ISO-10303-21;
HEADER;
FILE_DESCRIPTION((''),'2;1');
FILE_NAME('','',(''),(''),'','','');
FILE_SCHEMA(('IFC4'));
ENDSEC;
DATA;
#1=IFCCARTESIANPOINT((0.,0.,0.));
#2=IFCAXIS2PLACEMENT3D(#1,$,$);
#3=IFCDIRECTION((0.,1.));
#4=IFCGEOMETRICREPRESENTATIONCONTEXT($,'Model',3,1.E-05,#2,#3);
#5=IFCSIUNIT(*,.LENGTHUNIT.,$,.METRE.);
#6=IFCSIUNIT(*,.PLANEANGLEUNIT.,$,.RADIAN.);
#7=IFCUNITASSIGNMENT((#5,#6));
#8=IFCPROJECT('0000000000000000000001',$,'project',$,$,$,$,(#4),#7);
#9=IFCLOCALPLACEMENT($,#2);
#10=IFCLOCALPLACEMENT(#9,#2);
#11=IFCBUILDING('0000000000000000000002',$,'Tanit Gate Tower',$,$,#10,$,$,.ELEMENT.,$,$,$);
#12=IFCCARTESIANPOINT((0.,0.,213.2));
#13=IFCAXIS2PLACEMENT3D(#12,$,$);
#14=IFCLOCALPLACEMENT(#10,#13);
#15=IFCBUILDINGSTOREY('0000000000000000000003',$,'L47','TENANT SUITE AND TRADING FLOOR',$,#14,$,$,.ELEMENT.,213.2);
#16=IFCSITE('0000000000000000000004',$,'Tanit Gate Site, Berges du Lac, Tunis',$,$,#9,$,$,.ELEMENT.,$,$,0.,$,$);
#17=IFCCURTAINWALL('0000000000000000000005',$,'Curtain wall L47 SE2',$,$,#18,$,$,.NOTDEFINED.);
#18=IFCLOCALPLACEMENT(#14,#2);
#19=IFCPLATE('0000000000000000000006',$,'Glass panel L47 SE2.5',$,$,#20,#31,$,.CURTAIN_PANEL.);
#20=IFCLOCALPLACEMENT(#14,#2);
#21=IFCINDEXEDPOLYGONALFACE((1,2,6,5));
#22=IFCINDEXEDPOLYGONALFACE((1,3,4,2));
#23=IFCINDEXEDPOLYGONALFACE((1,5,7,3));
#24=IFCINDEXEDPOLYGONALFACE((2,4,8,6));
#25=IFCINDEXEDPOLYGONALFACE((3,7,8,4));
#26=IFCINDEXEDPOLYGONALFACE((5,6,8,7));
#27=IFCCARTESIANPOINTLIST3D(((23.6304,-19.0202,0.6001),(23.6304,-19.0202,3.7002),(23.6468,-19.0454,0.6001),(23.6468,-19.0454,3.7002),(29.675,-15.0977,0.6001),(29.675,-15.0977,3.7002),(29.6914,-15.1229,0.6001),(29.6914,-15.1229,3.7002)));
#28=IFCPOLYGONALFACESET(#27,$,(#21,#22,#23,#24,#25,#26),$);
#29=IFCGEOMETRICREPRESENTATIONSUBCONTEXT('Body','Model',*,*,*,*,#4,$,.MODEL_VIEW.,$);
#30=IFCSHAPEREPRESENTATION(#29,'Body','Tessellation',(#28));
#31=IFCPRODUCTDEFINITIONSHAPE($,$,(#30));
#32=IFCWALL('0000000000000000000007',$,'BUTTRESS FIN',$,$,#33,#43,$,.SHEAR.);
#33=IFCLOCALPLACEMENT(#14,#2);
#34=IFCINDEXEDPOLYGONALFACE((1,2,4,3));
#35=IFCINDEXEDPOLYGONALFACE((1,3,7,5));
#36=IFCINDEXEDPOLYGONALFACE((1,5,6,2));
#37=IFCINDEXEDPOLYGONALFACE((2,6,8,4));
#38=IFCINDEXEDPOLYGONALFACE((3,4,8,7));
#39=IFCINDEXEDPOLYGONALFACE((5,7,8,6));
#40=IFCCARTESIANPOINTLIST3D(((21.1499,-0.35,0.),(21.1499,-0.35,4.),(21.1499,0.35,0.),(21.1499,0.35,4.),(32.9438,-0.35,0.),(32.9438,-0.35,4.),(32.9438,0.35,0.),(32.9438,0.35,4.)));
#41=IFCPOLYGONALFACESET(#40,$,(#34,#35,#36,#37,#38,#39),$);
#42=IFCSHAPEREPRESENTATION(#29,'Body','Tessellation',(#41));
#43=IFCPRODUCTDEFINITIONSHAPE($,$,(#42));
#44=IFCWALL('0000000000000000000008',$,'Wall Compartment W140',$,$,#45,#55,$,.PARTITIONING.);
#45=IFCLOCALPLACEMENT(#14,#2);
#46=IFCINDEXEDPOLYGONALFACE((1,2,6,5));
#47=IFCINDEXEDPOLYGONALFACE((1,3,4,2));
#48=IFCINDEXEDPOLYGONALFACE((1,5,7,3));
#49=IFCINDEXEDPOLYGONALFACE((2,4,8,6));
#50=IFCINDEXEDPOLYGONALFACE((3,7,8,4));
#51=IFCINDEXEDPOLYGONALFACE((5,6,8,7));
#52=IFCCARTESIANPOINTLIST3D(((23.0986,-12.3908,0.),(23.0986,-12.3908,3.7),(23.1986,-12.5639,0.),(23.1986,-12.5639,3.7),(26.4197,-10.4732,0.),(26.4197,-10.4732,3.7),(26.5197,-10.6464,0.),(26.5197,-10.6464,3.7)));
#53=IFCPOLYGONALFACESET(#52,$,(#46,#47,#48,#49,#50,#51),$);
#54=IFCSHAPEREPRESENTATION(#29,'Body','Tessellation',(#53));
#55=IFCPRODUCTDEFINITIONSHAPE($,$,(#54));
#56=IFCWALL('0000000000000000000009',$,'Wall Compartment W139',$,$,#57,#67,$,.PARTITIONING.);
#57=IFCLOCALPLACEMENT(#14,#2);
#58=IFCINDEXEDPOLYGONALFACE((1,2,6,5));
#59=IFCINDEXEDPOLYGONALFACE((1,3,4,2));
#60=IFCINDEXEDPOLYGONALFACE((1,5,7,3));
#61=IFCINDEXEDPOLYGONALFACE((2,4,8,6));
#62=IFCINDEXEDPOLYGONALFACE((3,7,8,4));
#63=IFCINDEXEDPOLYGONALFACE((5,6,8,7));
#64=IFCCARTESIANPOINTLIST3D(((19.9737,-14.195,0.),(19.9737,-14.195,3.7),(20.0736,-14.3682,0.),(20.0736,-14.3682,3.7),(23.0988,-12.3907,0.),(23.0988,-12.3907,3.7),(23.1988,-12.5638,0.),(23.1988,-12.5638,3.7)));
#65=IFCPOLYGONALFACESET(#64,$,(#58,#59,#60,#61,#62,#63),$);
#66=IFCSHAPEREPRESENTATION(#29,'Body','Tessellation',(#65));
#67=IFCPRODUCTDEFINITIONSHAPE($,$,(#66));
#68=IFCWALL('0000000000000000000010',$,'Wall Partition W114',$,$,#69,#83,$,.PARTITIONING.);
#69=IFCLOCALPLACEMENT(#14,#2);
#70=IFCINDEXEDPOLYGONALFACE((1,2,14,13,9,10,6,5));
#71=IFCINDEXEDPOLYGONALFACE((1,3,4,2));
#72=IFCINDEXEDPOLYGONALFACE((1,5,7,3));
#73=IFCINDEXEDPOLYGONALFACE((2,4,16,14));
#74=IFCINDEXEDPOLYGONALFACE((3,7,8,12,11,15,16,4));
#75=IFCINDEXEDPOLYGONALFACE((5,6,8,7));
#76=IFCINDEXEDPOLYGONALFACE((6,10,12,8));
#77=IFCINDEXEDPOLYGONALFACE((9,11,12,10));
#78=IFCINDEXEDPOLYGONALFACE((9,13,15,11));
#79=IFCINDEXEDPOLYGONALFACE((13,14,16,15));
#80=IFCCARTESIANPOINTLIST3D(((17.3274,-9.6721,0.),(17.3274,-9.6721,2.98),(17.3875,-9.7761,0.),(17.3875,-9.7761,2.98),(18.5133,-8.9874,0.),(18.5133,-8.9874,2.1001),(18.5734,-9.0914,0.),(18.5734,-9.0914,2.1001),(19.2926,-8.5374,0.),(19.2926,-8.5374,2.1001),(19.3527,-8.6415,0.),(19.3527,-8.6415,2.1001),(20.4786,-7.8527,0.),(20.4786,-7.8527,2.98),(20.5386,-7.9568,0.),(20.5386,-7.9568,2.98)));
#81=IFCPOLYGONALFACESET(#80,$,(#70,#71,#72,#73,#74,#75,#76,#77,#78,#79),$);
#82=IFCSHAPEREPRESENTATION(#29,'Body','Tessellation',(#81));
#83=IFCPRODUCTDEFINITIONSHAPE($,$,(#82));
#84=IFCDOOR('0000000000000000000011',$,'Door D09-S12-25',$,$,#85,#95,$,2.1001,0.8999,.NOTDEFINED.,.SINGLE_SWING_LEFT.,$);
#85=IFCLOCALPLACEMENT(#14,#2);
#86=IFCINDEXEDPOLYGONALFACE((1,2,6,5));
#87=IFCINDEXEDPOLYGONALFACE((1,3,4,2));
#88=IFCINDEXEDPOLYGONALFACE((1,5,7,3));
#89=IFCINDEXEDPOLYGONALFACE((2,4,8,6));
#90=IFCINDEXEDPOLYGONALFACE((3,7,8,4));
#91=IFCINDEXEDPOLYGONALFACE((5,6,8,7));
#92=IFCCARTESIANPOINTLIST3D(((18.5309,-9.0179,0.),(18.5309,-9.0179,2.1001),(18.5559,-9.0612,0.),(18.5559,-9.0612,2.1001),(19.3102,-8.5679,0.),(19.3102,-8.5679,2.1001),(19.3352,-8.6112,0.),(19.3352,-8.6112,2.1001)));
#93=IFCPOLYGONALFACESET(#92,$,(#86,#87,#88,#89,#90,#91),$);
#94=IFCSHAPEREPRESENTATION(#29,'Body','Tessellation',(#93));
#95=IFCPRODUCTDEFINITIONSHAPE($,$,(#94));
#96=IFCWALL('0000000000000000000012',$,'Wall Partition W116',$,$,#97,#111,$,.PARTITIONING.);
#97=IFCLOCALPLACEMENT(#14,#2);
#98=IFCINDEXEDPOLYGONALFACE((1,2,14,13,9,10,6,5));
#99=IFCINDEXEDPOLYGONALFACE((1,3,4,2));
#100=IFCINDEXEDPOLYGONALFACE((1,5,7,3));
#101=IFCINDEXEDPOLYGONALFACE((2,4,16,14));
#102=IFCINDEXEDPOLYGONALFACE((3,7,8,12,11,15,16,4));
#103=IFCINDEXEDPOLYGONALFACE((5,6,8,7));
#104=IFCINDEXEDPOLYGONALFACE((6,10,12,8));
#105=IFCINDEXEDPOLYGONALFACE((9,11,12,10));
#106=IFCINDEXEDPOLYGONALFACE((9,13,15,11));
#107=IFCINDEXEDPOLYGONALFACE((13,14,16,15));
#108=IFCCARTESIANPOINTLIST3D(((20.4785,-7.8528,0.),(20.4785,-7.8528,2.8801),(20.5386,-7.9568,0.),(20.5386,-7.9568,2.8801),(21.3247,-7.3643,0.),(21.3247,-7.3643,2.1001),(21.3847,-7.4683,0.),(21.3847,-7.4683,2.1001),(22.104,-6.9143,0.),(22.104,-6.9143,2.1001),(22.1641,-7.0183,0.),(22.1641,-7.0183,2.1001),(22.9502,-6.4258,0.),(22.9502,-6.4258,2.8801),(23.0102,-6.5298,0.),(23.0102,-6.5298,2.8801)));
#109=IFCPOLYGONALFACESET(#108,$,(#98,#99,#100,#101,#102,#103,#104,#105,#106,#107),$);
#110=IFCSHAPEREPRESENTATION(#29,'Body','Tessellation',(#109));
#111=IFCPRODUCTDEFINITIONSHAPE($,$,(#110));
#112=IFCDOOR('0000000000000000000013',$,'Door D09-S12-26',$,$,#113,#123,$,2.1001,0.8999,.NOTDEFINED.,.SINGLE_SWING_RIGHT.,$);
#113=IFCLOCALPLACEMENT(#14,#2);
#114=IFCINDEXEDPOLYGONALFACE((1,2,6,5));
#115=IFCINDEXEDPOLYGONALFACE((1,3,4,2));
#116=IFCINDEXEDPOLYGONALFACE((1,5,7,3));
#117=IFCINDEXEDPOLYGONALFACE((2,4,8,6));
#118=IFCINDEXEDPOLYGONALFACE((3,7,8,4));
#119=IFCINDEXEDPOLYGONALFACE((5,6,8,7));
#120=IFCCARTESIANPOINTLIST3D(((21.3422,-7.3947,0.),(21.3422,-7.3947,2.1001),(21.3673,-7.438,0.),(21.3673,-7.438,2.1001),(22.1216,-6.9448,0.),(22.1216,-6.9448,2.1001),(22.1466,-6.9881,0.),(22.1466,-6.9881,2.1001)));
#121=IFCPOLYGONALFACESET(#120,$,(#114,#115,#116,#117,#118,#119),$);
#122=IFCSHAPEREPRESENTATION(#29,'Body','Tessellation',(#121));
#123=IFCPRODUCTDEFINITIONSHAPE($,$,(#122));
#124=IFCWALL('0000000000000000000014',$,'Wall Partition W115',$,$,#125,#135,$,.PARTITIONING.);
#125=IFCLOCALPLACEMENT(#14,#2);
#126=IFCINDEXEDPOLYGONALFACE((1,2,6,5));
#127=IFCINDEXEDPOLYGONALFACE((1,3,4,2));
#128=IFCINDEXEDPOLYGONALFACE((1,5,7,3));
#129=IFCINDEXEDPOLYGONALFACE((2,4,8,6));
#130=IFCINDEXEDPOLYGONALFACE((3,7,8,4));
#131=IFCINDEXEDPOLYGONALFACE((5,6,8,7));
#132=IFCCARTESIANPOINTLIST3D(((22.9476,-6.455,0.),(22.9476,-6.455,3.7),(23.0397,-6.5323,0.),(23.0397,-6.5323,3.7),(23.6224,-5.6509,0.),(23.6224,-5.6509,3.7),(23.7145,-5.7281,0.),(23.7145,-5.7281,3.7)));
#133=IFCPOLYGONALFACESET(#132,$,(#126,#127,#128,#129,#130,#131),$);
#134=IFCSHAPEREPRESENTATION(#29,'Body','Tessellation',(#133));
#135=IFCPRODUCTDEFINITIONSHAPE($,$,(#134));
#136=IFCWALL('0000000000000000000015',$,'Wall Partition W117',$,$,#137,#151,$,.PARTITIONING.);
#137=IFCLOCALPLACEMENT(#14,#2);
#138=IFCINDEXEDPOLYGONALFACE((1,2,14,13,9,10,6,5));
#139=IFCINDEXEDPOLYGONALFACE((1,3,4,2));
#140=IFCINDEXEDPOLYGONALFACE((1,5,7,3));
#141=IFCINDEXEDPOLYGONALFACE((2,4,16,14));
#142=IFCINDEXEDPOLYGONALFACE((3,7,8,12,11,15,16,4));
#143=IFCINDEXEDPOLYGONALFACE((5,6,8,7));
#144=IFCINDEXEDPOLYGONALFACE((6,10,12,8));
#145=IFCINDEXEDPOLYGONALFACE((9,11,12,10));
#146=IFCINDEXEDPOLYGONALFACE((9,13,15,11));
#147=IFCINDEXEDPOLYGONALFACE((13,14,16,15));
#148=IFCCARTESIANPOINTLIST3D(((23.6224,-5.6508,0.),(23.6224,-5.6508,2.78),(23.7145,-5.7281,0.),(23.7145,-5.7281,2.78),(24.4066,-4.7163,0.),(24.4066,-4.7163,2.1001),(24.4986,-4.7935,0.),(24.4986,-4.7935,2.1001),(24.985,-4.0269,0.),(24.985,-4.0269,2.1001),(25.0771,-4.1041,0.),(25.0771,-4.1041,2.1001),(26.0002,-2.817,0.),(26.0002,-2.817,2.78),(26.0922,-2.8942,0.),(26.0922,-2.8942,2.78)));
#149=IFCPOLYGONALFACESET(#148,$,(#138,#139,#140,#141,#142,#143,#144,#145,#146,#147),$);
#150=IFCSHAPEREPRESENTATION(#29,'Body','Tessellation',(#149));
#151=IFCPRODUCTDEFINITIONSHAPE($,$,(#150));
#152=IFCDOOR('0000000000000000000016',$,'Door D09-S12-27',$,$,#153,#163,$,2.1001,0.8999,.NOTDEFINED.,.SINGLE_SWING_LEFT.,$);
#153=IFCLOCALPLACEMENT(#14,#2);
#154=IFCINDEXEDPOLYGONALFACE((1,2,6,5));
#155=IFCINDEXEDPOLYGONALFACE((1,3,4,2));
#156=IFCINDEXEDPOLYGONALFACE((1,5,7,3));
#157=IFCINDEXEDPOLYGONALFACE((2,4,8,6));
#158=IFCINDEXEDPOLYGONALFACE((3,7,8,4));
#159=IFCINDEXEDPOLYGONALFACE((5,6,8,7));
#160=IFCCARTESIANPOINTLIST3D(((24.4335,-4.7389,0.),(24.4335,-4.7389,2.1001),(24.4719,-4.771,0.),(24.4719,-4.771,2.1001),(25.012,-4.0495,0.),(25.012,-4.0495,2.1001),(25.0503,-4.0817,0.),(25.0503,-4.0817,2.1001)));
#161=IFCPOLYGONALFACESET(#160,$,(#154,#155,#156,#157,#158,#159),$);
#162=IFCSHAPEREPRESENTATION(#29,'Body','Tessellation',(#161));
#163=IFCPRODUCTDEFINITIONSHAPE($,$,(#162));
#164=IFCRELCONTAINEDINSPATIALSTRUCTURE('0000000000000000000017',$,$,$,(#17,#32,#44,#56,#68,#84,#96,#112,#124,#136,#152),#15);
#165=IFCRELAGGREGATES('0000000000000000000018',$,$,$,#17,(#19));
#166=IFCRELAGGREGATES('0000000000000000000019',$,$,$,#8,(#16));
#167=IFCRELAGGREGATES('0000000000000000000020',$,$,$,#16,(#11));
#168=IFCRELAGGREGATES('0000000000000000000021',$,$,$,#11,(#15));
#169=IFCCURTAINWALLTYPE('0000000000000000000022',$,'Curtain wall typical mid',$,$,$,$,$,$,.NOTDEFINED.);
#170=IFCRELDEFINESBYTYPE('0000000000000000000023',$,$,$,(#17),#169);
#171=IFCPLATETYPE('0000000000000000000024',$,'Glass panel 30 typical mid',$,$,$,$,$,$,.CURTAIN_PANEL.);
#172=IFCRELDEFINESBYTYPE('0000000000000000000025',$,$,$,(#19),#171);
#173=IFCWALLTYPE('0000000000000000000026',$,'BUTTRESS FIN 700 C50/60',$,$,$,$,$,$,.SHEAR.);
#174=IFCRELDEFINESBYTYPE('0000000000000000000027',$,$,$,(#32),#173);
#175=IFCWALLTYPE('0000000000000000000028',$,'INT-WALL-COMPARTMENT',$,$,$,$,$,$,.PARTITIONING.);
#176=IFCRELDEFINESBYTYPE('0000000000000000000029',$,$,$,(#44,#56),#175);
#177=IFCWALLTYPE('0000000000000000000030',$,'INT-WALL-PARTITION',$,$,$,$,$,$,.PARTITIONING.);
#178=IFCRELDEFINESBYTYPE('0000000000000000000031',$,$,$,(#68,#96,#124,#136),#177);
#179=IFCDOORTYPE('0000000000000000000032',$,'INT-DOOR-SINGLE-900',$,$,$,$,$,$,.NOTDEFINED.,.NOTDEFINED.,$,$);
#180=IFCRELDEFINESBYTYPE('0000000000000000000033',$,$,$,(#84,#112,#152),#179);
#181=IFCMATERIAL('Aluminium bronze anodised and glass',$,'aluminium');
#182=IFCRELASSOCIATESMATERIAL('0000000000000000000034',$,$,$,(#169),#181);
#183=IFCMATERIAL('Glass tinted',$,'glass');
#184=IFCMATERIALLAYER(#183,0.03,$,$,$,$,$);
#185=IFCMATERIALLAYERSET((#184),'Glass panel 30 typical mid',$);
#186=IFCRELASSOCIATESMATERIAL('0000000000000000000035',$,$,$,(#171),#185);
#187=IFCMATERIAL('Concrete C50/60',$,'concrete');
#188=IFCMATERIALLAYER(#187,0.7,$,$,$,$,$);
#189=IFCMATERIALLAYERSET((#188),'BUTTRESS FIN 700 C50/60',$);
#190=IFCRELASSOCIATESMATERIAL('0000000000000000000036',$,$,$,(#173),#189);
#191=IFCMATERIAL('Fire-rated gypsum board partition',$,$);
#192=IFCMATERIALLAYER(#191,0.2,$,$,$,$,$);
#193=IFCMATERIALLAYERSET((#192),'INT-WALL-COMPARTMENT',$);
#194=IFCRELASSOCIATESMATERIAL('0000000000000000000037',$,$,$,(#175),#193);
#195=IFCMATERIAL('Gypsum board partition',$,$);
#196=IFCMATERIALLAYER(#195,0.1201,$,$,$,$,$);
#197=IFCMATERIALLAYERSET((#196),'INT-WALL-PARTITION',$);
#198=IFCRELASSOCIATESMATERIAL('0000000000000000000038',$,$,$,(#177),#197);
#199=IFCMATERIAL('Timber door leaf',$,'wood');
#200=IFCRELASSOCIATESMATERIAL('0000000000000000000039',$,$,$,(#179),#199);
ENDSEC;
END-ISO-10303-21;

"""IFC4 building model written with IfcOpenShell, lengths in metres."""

from ifc_helpers import new_model, si_unit, direction, frame, frame_2d, origin, origin_2d, place, context, subcontext, project, spatial, rectangle, extrude, material, layer, layer_set, type_object, element, fill, aggregate, save


model = new_model("IFC4")

# Units and contexts
model_context = context("Model", 3, precision=1e-05, world=origin(), true_north=direction((0.0, 1.0)))
body_context = subcontext(model_context, "Body", "Model", "MODEL_VIEW")
ifc_project = project(units=[si_unit("LENGTHUNIT", "METRE"), si_unit("PLANEANGLEUNIT", "RADIAN")], contexts=[model_context])

# Site, building, storey
site_placement = place(None, origin())
site = spatial("IfcSite", under=ifc_project, at=site_placement, Name="Tanit Gate Site, Berges du Lac, Tunis", CompositionType="ELEMENT", RefElevation=0.0)
building_placement = place(site_placement, origin())
building = spatial("IfcBuilding", under=site, at=building_placement, Name="Tanit Gate Tower", CompositionType="ELEMENT")
storey_placement = place(building_placement, frame((0.0, 0.0, 213.2)))
storey = spatial("IfcBuildingStorey", under=building, at=storey_placement, Name="L47", Description="TENANT SUITE AND TRADING FLOOR", CompositionType="ELEMENT", Elevation=213.2)

# Curtain wall
ifc_material_1 = material(Name="Aluminium bronze anodised and glass", Category="aluminium")
curtain_wall_type = type_object("IfcCurtainWallType", Name="Curtain wall typical mid", PredefinedType="NOTDEFINED", material=ifc_material_1)
curtain_wall_placement = place(storey_placement, origin())
curtain_wall = element("IfcCurtainWall", 1, at=curtain_wall_placement, inside=storey, type_object=curtain_wall_type, Name="Curtain wall L47 SE2", PredefinedType="NOTDEFINED")

# Plate
ifc_material_2 = material(Name="Glass tinted", Category="glass")
ifc_layer_1 = layer(ifc_material_2, 0.03)
ifc_layer_set_1 = layer_set([ifc_layer_1], Name="Glass panel 30 typical mid")
plate_type = type_object("IfcPlateType", Name="Glass panel 30 typical mid", PredefinedType="CURTAIN_PANEL", material=ifc_layer_set_1)
plate_1_placement = place(storey_placement, frame((26.6609, -17.0715, 0.6001), z_axis=(0.0, 0.0, 1.0), x_axis=(0.838852, 0.544359, 0.0)))
plate_1 = element("IfcPlate", 2, at=plate_1_placement, type_object=plate_type, Name="Glass panel L47 SE2.5", PredefinedType="CURTAIN_PANEL", context=body_context, shape_type="SweptSolid", body=[
    extrude(rectangle(XDim=7.2058, YDim=0.03, at=origin_2d()), origin(), (0.0, 0.0, 1.0), 3.1001),
])
aggregate(curtain_wall, [plate_1])

# Walls
ifc_material_3 = material(Name="Concrete C50/60", Category="concrete")
ifc_layer_2 = layer(ifc_material_3, 0.7)
ifc_layer_set_2 = layer_set([ifc_layer_2], Name="BUTTRESS FIN 700 C50/60")
wall_type_1 = type_object("IfcWallType", Name="BUTTRESS FIN 700 C50/60", PredefinedType="SHEAR", material=ifc_layer_set_2)
wall_1_placement = place(storey_placement, frame((21.1499, 0.0, 0.0), z_axis=(0.0, 0.0, 1.0), x_axis=(1.0, 0.0, 0.0)))
element("IfcWall", 3, at=wall_1_placement, inside=storey, type_object=wall_type_1, Name="BUTTRESS FIN", PredefinedType="SHEAR", context=body_context, shape_type="SweptSolid", body=[
    extrude(rectangle(XDim=11.7939, YDim=0.7, at=frame_2d((5.897, 0.0))), origin(), (0.0, 0.0, 1.0), 4.0),
])
ifc_material_4 = material(Name="Fire-rated gypsum board partition")
ifc_layer_3 = layer(ifc_material_4, 0.2)
ifc_layer_set_3 = layer_set([ifc_layer_3], Name="INT-WALL-COMPARTMENT")
wall_type_2 = type_object("IfcWallType", Name="INT-WALL-COMPARTMENT", PredefinedType="PARTITIONING", material=ifc_layer_set_3)
wall_2_placement = place(storey_placement, frame((26.4697, -10.5598, 0.0), z_axis=(0.0, 0.0, 1.0), x_axis=(-0.866017, -0.500015, 0.0)))
element("IfcWall", 4, at=wall_2_placement, inside=storey, type_object=wall_type_2, Name="Wall Compartment W140", PredefinedType="PARTITIONING", context=body_context, shape_type="SweptSolid", body=[
    extrude(rectangle(XDim=3.835, YDim=0.2, at=frame_2d((1.9175, 0.0))), origin(), (0.0, 0.0, 1.0), 3.7),
])
wall_3_placement = place(storey_placement, frame((23.1487, -12.4773, 0.0), z_axis=(0.0, 0.0, 1.0), x_axis=(-0.866015, -0.500017, 0.0)))
element("IfcWall", 5, at=wall_3_placement, inside=storey, type_object=wall_type_2, Name="Wall Compartment W139", PredefinedType="PARTITIONING", context=body_context, shape_type="SweptSolid", body=[
    extrude(rectangle(XDim=3.6086, YDim=0.2, at=frame_2d((1.8042, 0.0))), origin(), (0.0, 0.0, 1.0), 3.7),
])

# Walls, openings, doors
ifc_material_5 = material(Name="Gypsum board partition")
ifc_layer_4 = layer(ifc_material_5, 0.1201)
ifc_layer_set_4 = layer_set([ifc_layer_4], Name="INT-WALL-PARTITION")
wall_type_3 = type_object("IfcWallType", Name="INT-WALL-PARTITION", PredefinedType="PARTITIONING", material=ifc_layer_set_4)
wall_4_placement = place(storey_placement, frame((17.3574, -9.7241, 0.0), z_axis=(0.0, 0.0, 1.0), x_axis=(0.866021, 0.500007, 0.0)))
wall_4 = element("IfcWall", 6, at=wall_4_placement, inside=storey, type_object=wall_type_3, Name="Wall Partition W114", PredefinedType="PARTITIONING", context=body_context, shape_type="SweptSolid", body=[
    extrude(rectangle(XDim=3.6387, YDim=0.1201, at=frame_2d((1.8193, 0.0))), origin(), (0.0, 0.0, 1.0), 2.98),
])
opening_1_placement = place(wall_4_placement, frame((1.3694, 0.0, 0.0)))
opening_1 = element("IfcOpeningElement", 7, at=opening_1_placement, cuts=wall_4, PredefinedType="OPENING", context=body_context, shape_type="SweptSolid", body=[
    extrude(rectangle(XDim=0.8999, YDim=2.1001, at=frame_2d((0.45, 1.05))), frame((0.0, 0.0701, 0.0), z_axis=(0.0, -1.0, 0.0), x_axis=(1.0, 0.0, 0.0)), (0.0, 0.0, 1.0), 0.1401),
])
ifc_material_6 = material(Name="Timber door leaf", Category="wood")
door_type_1 = type_object("IfcDoorType", Name="INT-DOOR-SINGLE-900", OperationType="NOTDEFINED", PredefinedType="NOTDEFINED", material=ifc_material_6)
door_1_placement = place(opening_1_placement, origin())
door_1 = element("IfcDoor", 8, at=door_1_placement, inside=storey, type_object=door_type_1, Name="Door D09-S12-25", OperationType="SINGLE_SWING_LEFT", OverallHeight=2.1001, OverallWidth=0.8999, PredefinedType="NOTDEFINED", context=body_context, shape_type="SweptSolid", body=[
    extrude(rectangle(XDim=0.8999, YDim=2.1001, at=frame_2d((0.45, 1.05))), frame((0.0, 0.0249, 0.0), z_axis=(0.0, -1.0, 0.0), x_axis=(1.0, 0.0, 0.0)), (0.0, 0.0, 1.0), 0.05),
])
fill(opening_1, door_1)
wall_5_placement = place(storey_placement, frame((20.5085, -7.9048, 0.0), z_axis=(0.0, 0.0, 1.0), x_axis=(0.866029, 0.499994, 0.0)))
wall_5 = element("IfcWall", 9, at=wall_5_placement, inside=storey, type_object=wall_type_3, Name="Wall Partition W116", PredefinedType="PARTITIONING", context=body_context, shape_type="SweptSolid", body=[
    extrude(rectangle(XDim=2.854, YDim=0.1201, at=frame_2d((1.427, 0.0))), origin(), (0.0, 0.0, 1.0), 2.8801),
])
opening_2_placement = place(wall_5_placement, frame((0.9771, 0.0, 0.0)))
opening_2 = element("IfcOpeningElement", 10, at=opening_2_placement, cuts=wall_5, PredefinedType="OPENING", context=body_context, shape_type="SweptSolid", body=[
    extrude(rectangle(XDim=0.8999, YDim=2.1001, at=frame_2d((0.45, 1.05))), frame((0.0, 0.0701, 0.0), z_axis=(0.0, -1.0, 0.0), x_axis=(1.0, 0.0, 0.0)), (0.0, 0.0, 1.0), 0.1401),
])
door_2_placement = place(opening_2_placement, origin())
door_2 = element("IfcDoor", 11, at=door_2_placement, inside=storey, type_object=door_type_1, Name="Door D09-S12-26", OperationType="SINGLE_SWING_RIGHT", OverallHeight=2.1001, OverallWidth=0.8999, PredefinedType="NOTDEFINED", context=body_context, shape_type="SweptSolid", body=[
    extrude(rectangle(XDim=0.8999, YDim=2.1001, at=frame_2d((0.45, 1.05))), frame((0.0, 0.0249, 0.0), z_axis=(0.0, -1.0, 0.0), x_axis=(1.0, 0.0, 0.0)), (0.0, 0.0, 1.0), 0.05),
])
fill(opening_2, door_2)

# Wall
wall_6_placement = place(storey_placement, frame((22.9937, -6.4937, 0.0), z_axis=(0.0, 0.0, 1.0), x_axis=(0.642788, 0.766044, 0.0)))
element("IfcWall", 12, at=wall_6_placement, inside=storey, type_object=wall_type_3, Name="Wall Partition W115", PredefinedType="PARTITIONING", context=body_context, shape_type="SweptSolid", body=[
    extrude(rectangle(XDim=1.0498, YDim=0.1201, at=frame_2d((0.5249, 0.0))), origin(), (0.0, 0.0, 1.0), 3.7),
])

# Wall, opening, door
wall_7_placement = place(storey_placement, frame((23.6685, -5.6895, 0.0), z_axis=(0.0, 0.0, 1.0), x_axis=(0.642771, 0.766058, 0.0)))
wall_7 = element("IfcWall", 13, at=wall_7_placement, inside=storey, type_object=wall_type_3, Name="Wall Partition W117", PredefinedType="PARTITIONING", context=body_context, shape_type="SweptSolid", body=[
    extrude(rectangle(XDim=3.6992, YDim=0.1201, at=frame_2d((1.8496, 0.0))), origin(), (0.0, 0.0, 1.0), 2.78),
])
opening_3_placement = place(wall_7_placement, frame((1.22, 0.0, 0.0)))
opening_3 = element("IfcOpeningElement", 14, at=opening_3_placement, cuts=wall_7, PredefinedType="OPENING", context=body_context, shape_type="SweptSolid", body=[
    extrude(rectangle(XDim=0.8999, YDim=2.1001, at=frame_2d((0.45, 1.05))), frame((0.0, 0.0701, 0.0), z_axis=(0.0, -1.0, 0.0), x_axis=(1.0, 0.0, 0.0)), (0.0, 0.0, 1.0), 0.1401),
])
door_3_placement = place(opening_3_placement, origin())
door_3 = element("IfcDoor", 15, at=door_3_placement, inside=storey, type_object=door_type_1, Name="Door D09-S12-27", OperationType="SINGLE_SWING_LEFT", OverallHeight=2.1001, OverallWidth=0.8999, PredefinedType="NOTDEFINED", context=body_context, shape_type="SweptSolid", body=[
    extrude(rectangle(XDim=0.8999, YDim=2.1001, at=frame_2d((0.45, 1.05))), frame((0.0, 0.0249, 0.0), z_axis=(0.0, -1.0, 0.0), x_axis=(1.0, 0.0, 0.0)), (0.0, 0.0, 1.0), 0.05),
])
fill(opening_3, door_3)

save(model, "model.ifc")
